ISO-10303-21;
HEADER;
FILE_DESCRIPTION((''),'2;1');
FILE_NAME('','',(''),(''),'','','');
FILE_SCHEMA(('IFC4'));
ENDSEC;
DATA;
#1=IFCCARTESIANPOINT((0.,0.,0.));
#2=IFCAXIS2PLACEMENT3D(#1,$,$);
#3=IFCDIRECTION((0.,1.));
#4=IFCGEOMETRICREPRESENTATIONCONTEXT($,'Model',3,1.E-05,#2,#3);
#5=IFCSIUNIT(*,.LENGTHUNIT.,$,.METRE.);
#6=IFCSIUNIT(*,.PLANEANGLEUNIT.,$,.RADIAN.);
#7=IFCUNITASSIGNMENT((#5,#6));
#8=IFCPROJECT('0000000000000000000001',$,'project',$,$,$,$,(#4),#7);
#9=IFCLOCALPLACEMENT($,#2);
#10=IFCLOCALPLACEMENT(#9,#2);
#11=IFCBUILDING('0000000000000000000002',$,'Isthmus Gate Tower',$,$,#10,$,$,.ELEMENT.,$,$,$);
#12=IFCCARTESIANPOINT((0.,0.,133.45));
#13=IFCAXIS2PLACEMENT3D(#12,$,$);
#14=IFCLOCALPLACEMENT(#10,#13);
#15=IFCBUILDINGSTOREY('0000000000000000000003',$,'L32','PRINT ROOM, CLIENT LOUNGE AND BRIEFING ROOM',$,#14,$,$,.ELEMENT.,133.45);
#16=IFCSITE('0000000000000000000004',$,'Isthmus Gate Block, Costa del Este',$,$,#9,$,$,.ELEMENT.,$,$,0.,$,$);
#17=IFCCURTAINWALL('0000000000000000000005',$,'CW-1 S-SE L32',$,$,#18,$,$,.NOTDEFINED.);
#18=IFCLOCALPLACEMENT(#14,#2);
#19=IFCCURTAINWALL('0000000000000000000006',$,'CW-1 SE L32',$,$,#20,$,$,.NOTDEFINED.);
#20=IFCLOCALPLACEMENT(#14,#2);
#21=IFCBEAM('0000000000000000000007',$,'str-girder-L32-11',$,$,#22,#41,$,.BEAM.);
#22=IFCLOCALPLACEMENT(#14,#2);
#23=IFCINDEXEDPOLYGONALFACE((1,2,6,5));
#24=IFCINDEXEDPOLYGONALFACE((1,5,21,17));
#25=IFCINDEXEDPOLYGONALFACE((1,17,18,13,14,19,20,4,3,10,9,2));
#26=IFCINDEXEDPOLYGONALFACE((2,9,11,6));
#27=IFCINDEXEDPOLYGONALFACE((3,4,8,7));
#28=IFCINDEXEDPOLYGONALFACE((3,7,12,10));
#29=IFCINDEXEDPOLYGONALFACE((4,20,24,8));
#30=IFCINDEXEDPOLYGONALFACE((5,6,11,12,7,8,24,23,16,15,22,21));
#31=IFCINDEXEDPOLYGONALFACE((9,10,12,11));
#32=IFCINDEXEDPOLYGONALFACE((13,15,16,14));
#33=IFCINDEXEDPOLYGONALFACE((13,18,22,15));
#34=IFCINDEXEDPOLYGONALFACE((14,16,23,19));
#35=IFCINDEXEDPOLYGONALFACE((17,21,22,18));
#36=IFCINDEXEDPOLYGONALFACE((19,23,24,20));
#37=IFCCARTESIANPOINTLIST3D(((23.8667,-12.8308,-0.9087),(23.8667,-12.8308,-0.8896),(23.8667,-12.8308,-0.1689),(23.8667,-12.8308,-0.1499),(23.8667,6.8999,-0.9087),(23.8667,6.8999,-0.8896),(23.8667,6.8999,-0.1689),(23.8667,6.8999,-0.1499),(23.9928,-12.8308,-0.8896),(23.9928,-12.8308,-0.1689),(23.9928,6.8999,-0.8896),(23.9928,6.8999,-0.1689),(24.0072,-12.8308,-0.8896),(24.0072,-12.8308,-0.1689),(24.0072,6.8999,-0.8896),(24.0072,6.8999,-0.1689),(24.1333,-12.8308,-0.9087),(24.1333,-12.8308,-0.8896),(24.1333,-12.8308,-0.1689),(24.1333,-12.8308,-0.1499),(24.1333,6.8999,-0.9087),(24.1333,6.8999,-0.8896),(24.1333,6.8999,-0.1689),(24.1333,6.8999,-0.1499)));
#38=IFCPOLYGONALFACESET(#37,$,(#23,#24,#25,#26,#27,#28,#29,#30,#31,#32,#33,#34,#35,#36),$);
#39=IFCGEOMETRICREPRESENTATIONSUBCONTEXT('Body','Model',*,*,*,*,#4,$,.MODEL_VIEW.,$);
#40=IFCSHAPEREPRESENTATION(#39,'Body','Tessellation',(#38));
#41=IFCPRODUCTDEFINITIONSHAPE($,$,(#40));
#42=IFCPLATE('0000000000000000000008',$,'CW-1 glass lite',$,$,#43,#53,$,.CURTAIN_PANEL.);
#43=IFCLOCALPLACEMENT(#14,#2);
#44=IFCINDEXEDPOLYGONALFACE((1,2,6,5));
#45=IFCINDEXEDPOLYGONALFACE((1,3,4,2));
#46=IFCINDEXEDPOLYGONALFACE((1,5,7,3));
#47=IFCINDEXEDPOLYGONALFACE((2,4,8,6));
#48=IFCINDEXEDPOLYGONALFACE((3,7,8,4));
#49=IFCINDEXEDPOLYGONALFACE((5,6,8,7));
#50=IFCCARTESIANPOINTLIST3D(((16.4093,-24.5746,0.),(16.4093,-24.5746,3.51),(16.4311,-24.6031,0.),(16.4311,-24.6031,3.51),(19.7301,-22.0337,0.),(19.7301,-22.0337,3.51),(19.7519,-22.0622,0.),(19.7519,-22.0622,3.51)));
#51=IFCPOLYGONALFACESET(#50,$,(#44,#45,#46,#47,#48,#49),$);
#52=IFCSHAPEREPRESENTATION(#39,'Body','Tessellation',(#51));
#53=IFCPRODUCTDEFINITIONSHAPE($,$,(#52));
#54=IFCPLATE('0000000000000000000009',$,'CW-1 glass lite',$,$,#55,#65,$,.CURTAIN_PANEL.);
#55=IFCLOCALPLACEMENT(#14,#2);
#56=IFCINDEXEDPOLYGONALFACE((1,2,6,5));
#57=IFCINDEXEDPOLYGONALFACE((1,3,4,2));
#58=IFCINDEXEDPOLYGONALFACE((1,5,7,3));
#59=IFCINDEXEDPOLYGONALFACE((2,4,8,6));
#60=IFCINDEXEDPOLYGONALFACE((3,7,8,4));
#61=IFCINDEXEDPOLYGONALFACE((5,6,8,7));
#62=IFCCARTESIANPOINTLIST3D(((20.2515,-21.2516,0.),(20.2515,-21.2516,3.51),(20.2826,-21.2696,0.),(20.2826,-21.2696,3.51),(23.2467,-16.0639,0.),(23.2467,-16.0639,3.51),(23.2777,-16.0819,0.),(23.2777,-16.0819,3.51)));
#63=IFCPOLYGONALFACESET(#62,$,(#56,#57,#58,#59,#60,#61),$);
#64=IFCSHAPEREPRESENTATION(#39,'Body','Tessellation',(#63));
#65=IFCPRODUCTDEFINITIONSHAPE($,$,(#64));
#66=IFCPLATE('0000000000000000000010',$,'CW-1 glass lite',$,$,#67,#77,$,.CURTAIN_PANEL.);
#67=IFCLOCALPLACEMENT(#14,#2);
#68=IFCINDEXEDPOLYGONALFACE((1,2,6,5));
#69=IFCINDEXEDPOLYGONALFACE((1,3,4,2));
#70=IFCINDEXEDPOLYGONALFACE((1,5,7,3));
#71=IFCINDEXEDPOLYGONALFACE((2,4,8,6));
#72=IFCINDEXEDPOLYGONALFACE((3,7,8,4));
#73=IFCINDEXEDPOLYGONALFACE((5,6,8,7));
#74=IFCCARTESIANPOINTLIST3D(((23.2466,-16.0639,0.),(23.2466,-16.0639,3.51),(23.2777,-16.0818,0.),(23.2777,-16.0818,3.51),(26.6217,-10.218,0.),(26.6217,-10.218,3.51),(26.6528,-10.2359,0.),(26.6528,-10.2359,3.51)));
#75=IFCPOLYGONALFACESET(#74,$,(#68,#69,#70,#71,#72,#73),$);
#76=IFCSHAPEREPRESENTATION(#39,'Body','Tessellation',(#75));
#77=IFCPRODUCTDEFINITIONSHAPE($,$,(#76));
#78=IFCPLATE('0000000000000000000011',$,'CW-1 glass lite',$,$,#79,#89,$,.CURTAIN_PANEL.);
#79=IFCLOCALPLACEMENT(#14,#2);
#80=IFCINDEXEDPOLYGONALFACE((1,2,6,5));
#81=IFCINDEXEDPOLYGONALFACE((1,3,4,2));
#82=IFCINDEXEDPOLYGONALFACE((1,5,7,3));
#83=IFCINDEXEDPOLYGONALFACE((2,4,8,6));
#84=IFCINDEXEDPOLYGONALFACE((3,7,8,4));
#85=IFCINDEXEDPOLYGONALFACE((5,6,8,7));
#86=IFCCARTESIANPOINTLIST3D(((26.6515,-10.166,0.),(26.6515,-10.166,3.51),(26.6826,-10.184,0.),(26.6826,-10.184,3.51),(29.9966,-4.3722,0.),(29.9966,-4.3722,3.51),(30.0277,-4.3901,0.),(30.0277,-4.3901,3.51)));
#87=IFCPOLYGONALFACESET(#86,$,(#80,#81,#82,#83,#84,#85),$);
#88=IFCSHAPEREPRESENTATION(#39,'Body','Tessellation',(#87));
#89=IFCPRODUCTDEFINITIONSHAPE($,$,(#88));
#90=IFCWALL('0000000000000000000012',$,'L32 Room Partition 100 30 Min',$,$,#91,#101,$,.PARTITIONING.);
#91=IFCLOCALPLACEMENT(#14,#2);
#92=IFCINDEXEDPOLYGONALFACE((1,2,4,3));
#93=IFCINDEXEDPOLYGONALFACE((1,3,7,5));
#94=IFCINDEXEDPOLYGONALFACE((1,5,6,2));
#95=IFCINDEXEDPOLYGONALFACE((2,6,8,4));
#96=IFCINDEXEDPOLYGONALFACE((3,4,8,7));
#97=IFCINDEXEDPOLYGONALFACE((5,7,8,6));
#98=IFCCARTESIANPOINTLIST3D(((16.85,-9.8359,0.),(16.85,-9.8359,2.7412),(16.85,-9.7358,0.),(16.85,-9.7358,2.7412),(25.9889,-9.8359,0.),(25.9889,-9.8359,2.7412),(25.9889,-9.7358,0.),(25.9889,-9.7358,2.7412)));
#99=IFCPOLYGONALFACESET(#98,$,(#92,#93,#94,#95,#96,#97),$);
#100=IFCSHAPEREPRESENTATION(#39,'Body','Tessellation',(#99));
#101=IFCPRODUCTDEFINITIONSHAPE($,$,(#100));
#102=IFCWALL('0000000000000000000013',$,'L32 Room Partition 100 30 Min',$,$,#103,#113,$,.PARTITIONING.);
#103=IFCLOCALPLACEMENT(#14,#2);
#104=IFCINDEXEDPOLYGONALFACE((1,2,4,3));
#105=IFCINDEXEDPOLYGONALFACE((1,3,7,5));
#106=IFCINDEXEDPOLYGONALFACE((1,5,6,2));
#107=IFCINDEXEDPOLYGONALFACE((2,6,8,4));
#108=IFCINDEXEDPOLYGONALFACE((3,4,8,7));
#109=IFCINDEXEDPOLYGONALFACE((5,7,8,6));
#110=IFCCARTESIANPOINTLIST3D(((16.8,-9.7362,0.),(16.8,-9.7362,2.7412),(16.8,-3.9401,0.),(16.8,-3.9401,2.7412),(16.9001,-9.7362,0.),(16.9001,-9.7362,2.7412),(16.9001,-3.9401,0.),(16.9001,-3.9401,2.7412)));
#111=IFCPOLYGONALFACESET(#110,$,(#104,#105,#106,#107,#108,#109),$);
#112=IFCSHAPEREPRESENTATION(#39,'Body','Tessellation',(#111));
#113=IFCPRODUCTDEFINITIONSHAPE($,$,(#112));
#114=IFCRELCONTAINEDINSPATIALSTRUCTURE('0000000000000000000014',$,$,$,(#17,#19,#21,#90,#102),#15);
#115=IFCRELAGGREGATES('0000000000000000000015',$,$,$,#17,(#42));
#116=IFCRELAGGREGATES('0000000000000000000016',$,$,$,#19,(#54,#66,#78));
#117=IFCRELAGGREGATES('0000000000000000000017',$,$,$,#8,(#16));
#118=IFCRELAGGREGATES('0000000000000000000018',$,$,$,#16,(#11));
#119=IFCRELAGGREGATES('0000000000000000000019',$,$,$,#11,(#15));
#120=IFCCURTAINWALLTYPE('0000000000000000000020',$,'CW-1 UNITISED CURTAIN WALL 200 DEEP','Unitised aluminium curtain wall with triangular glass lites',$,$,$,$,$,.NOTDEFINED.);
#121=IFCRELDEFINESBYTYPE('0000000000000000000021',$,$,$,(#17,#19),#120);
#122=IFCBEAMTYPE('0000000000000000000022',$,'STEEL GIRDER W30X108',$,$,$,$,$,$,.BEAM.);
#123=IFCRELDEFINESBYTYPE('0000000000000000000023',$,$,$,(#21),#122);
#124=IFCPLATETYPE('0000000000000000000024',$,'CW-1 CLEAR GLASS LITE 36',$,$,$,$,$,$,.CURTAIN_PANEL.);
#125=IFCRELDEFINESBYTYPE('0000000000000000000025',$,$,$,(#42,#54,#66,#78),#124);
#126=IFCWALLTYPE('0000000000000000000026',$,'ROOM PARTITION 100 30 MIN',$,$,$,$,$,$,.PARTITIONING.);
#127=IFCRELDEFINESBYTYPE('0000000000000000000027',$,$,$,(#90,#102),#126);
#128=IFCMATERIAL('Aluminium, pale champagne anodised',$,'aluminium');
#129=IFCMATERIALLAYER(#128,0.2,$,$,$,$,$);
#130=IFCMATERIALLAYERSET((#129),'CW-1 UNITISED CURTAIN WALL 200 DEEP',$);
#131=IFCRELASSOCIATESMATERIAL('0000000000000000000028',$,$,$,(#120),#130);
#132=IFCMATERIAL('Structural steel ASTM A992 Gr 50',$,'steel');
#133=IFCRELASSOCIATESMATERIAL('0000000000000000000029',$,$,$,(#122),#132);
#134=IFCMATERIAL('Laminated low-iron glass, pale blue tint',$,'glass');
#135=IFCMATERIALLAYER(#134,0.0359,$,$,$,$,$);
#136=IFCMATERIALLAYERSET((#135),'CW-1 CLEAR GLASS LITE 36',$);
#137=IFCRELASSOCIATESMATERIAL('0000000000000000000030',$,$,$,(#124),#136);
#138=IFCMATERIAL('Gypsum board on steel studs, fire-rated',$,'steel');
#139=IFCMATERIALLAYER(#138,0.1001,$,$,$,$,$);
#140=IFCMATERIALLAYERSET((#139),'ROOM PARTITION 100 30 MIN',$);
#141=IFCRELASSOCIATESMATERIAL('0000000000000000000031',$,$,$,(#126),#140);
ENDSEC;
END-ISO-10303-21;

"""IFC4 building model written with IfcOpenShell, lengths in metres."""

from ifc_helpers import new_model, si_unit, direction, frame, frame_2d, origin, origin_2d, place, context, subcontext, project, spatial, rectangle, i_section, extrude, material, layer, layer_set, material_profile, profile_set, type_object, element, aggregate, save


model = new_model("IFC4")

# Units and contexts
model_context = context("Model", 3, precision=1e-05, world=origin(), true_north=direction((0.0, 1.0)))
body_context = subcontext(model_context, "Body", "Model", "MODEL_VIEW")
ifc_project = project(units=[si_unit("LENGTHUNIT", "METRE"), si_unit("PLANEANGLEUNIT", "RADIAN")], contexts=[model_context])

# Site, building, storey
site_placement = place(None, origin())
site = spatial("IfcSite", under=ifc_project, at=site_placement, Name="Isthmus Gate Block, Costa del Este", CompositionType="ELEMENT", RefElevation=0.0)
building_placement = place(site_placement, origin())
building = spatial("IfcBuilding", under=site, at=building_placement, Name="Isthmus Gate Tower", CompositionType="ELEMENT")
storey_placement = place(building_placement, frame((0.0, 0.0, 133.45)))
storey = spatial("IfcBuildingStorey", under=building, at=storey_placement, Name="L32", Description="PRINT ROOM, CLIENT LOUNGE AND BRIEFING ROOM", CompositionType="ELEMENT", Elevation=133.45)

# Curtain wall
ifc_material_1 = material(Name="Aluminium, pale champagne anodised", Category="aluminium")
ifc_layer_1 = layer(ifc_material_1, 0.2)
ifc_layer_set_1 = layer_set([ifc_layer_1], Name="CW-1 UNITISED CURTAIN WALL 200 DEEP")
curtain_wall_type = type_object("IfcCurtainWallType", Name="CW-1 UNITISED CURTAIN WALL 200 DEEP", Description="Unitised aluminium curtain wall with triangular glass lites", PredefinedType="NOTDEFINED", material=ifc_layer_set_1)
curtain_wall_1_placement = place(storey_placement, origin())
curtain_wall_1 = element("IfcCurtainWall", 1, at=curtain_wall_1_placement, inside=storey, type_object=curtain_wall_type, Name="CW-1 S-SE L32", PredefinedType="NOTDEFINED")

# Curtain wall
curtain_wall_2_placement = place(storey_placement, origin())
curtain_wall_2 = element("IfcCurtainWall", 2, at=curtain_wall_2_placement, inside=storey, type_object=curtain_wall_type, Name="CW-1 SE L32", PredefinedType="NOTDEFINED")

# Beam
ifc_material_2 = material(Name="Structural steel ASTM A992 Gr 50", Category="steel")
ifc_material_profile_1 = material_profile(ifc_material_2, i_section(OverallWidth=0.2666, OverallDepth=0.7588, WebThickness=0.0144, FlangeThickness=0.019, at=origin_2d()), Name="W30X108")
ifc_profile_set_1 = profile_set([ifc_material_profile_1], Name="Structural steel ASTM A992 Gr 50")
beam_type_1 = type_object("IfcBeamType", Name="STEEL GIRDER W30X108", PredefinedType="BEAM", material=ifc_profile_set_1)
beam_1_placement = place(storey_placement, frame((24.0, -12.8308, -0.5293), z_axis=(0.0, 1.0, 0.0), x_axis=(-1.0, 0.0, 0.0)))
element("IfcBeam", 3, at=beam_1_placement, inside=storey, type_object=beam_type_1, Name="str-girder-L32-11", PredefinedType="BEAM", context=body_context, shape_type="SweptSolid", body=[
    extrude(i_section(OverallWidth=0.2666, OverallDepth=0.7588, WebThickness=0.0144, FlangeThickness=0.019, at=origin_2d()), origin(), (0.0, 0.0, 1.0), 19.7307),
])

# Plates
ifc_material_3 = material(Name="Laminated low-iron glass, pale blue tint", Category="glass")
ifc_layer_2 = layer(ifc_material_3, 0.0359)
ifc_layer_set_2 = layer_set([ifc_layer_2], Name="CW-1 CLEAR GLASS LITE 36")
plate_type = type_object("IfcPlateType", Name="CW-1 CLEAR GLASS LITE 36", PredefinedType="CURTAIN_PANEL", material=ifc_layer_set_2)
plate_1_placement = place(storey_placement, frame((18.0806, -23.3184, 0.0), z_axis=(0.0, 0.0, 1.0), x_axis=(0.794189, 0.607671, 0.0)))
plate_1 = element("IfcPlate", 4, at=plate_1_placement, type_object=plate_type, Name="CW-1 glass lite", PredefinedType="CURTAIN_PANEL", context=body_context, shape_type="SweptSolid", body=[
    extrude(rectangle(XDim=4.1814, YDim=0.0359, at=origin_2d()), origin(), (0.0, 0.0, 1.0), 3.51),
])
aggregate(curtain_wall_1, [plate_1])
plate_2_placement = place(storey_placement, frame((21.7646, -18.6667, 0.0), z_axis=(0.0, 0.0, 1.0), x_axis=(0.5, 0.866025, 0.0)))
plate_2 = element("IfcPlate", 5, at=plate_2_placement, type_object=plate_type, Name="CW-1 glass lite", PredefinedType="CURTAIN_PANEL", context=body_context, shape_type="SweptSolid", body=[
    extrude(rectangle(XDim=5.9902, YDim=0.0359, at=origin_2d()), origin(), (0.0, 0.0, 1.0), 3.51),
])
plate_3_placement = place(storey_placement, frame((24.9497, -13.1499, 0.0), z_axis=(0.0, 0.0, 1.0), x_axis=(0.5, 0.866025, 0.0)))
plate_3 = element("IfcPlate", 6, at=plate_3_placement, type_object=plate_type, Name="CW-1 glass lite", PredefinedType="CURTAIN_PANEL", context=body_context, shape_type="SweptSolid", body=[
    extrude(rectangle(XDim=6.7502, YDim=0.0359, at=origin_2d()), origin(), (0.0, 0.0, 1.0), 3.51),
])
plate_4_placement = place(storey_placement, frame((28.3396, -7.2781, 0.0), z_axis=(0.0, 0.0, 1.0), x_axis=(0.5, 0.866025, 0.0)))
plate_4 = element("IfcPlate", 7, at=plate_4_placement, type_object=plate_type, Name="CW-1 glass lite", PredefinedType="CURTAIN_PANEL", context=body_context, shape_type="SweptSolid", body=[
    extrude(rectangle(XDim=6.6902, YDim=0.0359, at=origin_2d()), origin(), (0.0, 0.0, 1.0), 3.51),
])
aggregate(curtain_wall_2, [plate_2, plate_3, plate_4])

# Walls
ifc_material_4 = material(Name="Gypsum board on steel studs, fire-rated", Category="steel")
ifc_layer_3 = layer(ifc_material_4, 0.1001)
ifc_layer_set_3 = layer_set([ifc_layer_3], Name="ROOM PARTITION 100 30 MIN")
wall_type = type_object("IfcWallType", Name="ROOM PARTITION 100 30 MIN", PredefinedType="PARTITIONING", material=ifc_layer_set_3)
wall_1_placement = place(storey_placement, frame((16.8501, -9.7859, 0.0), z_axis=(0.0, 0.0, 1.0), x_axis=(1.0, 0.0, 0.0)))
element("IfcWall", 8, at=wall_1_placement, inside=storey, type_object=wall_type, Name="L32 Room Partition 100 30 Min", PredefinedType="PARTITIONING", context=body_context, shape_type="SweptSolid", body=[
    extrude(rectangle(XDim=9.1389, YDim=0.1001, at=frame_2d((4.5693, 0.0))), origin(), (0.0, 0.0, 1.0), 2.7412),
])
wall_2_placement = place(storey_placement, frame((16.8501, -9.7361, 0.0), z_axis=(0.0, 0.0, 1.0), x_axis=(0.0, 1.0, 0.0)))
element("IfcWall", 9, at=wall_2_placement, inside=storey, type_object=wall_type, Name="L32 Room Partition 100 30 Min", PredefinedType="PARTITIONING", context=body_context, shape_type="SweptSolid", body=[
    extrude(rectangle(XDim=5.7961, YDim=0.1001, at=frame_2d((2.8979, 0.0))), origin(), (0.0, 0.0, 1.0), 2.7412),
])

save(model, "model.ifc")
